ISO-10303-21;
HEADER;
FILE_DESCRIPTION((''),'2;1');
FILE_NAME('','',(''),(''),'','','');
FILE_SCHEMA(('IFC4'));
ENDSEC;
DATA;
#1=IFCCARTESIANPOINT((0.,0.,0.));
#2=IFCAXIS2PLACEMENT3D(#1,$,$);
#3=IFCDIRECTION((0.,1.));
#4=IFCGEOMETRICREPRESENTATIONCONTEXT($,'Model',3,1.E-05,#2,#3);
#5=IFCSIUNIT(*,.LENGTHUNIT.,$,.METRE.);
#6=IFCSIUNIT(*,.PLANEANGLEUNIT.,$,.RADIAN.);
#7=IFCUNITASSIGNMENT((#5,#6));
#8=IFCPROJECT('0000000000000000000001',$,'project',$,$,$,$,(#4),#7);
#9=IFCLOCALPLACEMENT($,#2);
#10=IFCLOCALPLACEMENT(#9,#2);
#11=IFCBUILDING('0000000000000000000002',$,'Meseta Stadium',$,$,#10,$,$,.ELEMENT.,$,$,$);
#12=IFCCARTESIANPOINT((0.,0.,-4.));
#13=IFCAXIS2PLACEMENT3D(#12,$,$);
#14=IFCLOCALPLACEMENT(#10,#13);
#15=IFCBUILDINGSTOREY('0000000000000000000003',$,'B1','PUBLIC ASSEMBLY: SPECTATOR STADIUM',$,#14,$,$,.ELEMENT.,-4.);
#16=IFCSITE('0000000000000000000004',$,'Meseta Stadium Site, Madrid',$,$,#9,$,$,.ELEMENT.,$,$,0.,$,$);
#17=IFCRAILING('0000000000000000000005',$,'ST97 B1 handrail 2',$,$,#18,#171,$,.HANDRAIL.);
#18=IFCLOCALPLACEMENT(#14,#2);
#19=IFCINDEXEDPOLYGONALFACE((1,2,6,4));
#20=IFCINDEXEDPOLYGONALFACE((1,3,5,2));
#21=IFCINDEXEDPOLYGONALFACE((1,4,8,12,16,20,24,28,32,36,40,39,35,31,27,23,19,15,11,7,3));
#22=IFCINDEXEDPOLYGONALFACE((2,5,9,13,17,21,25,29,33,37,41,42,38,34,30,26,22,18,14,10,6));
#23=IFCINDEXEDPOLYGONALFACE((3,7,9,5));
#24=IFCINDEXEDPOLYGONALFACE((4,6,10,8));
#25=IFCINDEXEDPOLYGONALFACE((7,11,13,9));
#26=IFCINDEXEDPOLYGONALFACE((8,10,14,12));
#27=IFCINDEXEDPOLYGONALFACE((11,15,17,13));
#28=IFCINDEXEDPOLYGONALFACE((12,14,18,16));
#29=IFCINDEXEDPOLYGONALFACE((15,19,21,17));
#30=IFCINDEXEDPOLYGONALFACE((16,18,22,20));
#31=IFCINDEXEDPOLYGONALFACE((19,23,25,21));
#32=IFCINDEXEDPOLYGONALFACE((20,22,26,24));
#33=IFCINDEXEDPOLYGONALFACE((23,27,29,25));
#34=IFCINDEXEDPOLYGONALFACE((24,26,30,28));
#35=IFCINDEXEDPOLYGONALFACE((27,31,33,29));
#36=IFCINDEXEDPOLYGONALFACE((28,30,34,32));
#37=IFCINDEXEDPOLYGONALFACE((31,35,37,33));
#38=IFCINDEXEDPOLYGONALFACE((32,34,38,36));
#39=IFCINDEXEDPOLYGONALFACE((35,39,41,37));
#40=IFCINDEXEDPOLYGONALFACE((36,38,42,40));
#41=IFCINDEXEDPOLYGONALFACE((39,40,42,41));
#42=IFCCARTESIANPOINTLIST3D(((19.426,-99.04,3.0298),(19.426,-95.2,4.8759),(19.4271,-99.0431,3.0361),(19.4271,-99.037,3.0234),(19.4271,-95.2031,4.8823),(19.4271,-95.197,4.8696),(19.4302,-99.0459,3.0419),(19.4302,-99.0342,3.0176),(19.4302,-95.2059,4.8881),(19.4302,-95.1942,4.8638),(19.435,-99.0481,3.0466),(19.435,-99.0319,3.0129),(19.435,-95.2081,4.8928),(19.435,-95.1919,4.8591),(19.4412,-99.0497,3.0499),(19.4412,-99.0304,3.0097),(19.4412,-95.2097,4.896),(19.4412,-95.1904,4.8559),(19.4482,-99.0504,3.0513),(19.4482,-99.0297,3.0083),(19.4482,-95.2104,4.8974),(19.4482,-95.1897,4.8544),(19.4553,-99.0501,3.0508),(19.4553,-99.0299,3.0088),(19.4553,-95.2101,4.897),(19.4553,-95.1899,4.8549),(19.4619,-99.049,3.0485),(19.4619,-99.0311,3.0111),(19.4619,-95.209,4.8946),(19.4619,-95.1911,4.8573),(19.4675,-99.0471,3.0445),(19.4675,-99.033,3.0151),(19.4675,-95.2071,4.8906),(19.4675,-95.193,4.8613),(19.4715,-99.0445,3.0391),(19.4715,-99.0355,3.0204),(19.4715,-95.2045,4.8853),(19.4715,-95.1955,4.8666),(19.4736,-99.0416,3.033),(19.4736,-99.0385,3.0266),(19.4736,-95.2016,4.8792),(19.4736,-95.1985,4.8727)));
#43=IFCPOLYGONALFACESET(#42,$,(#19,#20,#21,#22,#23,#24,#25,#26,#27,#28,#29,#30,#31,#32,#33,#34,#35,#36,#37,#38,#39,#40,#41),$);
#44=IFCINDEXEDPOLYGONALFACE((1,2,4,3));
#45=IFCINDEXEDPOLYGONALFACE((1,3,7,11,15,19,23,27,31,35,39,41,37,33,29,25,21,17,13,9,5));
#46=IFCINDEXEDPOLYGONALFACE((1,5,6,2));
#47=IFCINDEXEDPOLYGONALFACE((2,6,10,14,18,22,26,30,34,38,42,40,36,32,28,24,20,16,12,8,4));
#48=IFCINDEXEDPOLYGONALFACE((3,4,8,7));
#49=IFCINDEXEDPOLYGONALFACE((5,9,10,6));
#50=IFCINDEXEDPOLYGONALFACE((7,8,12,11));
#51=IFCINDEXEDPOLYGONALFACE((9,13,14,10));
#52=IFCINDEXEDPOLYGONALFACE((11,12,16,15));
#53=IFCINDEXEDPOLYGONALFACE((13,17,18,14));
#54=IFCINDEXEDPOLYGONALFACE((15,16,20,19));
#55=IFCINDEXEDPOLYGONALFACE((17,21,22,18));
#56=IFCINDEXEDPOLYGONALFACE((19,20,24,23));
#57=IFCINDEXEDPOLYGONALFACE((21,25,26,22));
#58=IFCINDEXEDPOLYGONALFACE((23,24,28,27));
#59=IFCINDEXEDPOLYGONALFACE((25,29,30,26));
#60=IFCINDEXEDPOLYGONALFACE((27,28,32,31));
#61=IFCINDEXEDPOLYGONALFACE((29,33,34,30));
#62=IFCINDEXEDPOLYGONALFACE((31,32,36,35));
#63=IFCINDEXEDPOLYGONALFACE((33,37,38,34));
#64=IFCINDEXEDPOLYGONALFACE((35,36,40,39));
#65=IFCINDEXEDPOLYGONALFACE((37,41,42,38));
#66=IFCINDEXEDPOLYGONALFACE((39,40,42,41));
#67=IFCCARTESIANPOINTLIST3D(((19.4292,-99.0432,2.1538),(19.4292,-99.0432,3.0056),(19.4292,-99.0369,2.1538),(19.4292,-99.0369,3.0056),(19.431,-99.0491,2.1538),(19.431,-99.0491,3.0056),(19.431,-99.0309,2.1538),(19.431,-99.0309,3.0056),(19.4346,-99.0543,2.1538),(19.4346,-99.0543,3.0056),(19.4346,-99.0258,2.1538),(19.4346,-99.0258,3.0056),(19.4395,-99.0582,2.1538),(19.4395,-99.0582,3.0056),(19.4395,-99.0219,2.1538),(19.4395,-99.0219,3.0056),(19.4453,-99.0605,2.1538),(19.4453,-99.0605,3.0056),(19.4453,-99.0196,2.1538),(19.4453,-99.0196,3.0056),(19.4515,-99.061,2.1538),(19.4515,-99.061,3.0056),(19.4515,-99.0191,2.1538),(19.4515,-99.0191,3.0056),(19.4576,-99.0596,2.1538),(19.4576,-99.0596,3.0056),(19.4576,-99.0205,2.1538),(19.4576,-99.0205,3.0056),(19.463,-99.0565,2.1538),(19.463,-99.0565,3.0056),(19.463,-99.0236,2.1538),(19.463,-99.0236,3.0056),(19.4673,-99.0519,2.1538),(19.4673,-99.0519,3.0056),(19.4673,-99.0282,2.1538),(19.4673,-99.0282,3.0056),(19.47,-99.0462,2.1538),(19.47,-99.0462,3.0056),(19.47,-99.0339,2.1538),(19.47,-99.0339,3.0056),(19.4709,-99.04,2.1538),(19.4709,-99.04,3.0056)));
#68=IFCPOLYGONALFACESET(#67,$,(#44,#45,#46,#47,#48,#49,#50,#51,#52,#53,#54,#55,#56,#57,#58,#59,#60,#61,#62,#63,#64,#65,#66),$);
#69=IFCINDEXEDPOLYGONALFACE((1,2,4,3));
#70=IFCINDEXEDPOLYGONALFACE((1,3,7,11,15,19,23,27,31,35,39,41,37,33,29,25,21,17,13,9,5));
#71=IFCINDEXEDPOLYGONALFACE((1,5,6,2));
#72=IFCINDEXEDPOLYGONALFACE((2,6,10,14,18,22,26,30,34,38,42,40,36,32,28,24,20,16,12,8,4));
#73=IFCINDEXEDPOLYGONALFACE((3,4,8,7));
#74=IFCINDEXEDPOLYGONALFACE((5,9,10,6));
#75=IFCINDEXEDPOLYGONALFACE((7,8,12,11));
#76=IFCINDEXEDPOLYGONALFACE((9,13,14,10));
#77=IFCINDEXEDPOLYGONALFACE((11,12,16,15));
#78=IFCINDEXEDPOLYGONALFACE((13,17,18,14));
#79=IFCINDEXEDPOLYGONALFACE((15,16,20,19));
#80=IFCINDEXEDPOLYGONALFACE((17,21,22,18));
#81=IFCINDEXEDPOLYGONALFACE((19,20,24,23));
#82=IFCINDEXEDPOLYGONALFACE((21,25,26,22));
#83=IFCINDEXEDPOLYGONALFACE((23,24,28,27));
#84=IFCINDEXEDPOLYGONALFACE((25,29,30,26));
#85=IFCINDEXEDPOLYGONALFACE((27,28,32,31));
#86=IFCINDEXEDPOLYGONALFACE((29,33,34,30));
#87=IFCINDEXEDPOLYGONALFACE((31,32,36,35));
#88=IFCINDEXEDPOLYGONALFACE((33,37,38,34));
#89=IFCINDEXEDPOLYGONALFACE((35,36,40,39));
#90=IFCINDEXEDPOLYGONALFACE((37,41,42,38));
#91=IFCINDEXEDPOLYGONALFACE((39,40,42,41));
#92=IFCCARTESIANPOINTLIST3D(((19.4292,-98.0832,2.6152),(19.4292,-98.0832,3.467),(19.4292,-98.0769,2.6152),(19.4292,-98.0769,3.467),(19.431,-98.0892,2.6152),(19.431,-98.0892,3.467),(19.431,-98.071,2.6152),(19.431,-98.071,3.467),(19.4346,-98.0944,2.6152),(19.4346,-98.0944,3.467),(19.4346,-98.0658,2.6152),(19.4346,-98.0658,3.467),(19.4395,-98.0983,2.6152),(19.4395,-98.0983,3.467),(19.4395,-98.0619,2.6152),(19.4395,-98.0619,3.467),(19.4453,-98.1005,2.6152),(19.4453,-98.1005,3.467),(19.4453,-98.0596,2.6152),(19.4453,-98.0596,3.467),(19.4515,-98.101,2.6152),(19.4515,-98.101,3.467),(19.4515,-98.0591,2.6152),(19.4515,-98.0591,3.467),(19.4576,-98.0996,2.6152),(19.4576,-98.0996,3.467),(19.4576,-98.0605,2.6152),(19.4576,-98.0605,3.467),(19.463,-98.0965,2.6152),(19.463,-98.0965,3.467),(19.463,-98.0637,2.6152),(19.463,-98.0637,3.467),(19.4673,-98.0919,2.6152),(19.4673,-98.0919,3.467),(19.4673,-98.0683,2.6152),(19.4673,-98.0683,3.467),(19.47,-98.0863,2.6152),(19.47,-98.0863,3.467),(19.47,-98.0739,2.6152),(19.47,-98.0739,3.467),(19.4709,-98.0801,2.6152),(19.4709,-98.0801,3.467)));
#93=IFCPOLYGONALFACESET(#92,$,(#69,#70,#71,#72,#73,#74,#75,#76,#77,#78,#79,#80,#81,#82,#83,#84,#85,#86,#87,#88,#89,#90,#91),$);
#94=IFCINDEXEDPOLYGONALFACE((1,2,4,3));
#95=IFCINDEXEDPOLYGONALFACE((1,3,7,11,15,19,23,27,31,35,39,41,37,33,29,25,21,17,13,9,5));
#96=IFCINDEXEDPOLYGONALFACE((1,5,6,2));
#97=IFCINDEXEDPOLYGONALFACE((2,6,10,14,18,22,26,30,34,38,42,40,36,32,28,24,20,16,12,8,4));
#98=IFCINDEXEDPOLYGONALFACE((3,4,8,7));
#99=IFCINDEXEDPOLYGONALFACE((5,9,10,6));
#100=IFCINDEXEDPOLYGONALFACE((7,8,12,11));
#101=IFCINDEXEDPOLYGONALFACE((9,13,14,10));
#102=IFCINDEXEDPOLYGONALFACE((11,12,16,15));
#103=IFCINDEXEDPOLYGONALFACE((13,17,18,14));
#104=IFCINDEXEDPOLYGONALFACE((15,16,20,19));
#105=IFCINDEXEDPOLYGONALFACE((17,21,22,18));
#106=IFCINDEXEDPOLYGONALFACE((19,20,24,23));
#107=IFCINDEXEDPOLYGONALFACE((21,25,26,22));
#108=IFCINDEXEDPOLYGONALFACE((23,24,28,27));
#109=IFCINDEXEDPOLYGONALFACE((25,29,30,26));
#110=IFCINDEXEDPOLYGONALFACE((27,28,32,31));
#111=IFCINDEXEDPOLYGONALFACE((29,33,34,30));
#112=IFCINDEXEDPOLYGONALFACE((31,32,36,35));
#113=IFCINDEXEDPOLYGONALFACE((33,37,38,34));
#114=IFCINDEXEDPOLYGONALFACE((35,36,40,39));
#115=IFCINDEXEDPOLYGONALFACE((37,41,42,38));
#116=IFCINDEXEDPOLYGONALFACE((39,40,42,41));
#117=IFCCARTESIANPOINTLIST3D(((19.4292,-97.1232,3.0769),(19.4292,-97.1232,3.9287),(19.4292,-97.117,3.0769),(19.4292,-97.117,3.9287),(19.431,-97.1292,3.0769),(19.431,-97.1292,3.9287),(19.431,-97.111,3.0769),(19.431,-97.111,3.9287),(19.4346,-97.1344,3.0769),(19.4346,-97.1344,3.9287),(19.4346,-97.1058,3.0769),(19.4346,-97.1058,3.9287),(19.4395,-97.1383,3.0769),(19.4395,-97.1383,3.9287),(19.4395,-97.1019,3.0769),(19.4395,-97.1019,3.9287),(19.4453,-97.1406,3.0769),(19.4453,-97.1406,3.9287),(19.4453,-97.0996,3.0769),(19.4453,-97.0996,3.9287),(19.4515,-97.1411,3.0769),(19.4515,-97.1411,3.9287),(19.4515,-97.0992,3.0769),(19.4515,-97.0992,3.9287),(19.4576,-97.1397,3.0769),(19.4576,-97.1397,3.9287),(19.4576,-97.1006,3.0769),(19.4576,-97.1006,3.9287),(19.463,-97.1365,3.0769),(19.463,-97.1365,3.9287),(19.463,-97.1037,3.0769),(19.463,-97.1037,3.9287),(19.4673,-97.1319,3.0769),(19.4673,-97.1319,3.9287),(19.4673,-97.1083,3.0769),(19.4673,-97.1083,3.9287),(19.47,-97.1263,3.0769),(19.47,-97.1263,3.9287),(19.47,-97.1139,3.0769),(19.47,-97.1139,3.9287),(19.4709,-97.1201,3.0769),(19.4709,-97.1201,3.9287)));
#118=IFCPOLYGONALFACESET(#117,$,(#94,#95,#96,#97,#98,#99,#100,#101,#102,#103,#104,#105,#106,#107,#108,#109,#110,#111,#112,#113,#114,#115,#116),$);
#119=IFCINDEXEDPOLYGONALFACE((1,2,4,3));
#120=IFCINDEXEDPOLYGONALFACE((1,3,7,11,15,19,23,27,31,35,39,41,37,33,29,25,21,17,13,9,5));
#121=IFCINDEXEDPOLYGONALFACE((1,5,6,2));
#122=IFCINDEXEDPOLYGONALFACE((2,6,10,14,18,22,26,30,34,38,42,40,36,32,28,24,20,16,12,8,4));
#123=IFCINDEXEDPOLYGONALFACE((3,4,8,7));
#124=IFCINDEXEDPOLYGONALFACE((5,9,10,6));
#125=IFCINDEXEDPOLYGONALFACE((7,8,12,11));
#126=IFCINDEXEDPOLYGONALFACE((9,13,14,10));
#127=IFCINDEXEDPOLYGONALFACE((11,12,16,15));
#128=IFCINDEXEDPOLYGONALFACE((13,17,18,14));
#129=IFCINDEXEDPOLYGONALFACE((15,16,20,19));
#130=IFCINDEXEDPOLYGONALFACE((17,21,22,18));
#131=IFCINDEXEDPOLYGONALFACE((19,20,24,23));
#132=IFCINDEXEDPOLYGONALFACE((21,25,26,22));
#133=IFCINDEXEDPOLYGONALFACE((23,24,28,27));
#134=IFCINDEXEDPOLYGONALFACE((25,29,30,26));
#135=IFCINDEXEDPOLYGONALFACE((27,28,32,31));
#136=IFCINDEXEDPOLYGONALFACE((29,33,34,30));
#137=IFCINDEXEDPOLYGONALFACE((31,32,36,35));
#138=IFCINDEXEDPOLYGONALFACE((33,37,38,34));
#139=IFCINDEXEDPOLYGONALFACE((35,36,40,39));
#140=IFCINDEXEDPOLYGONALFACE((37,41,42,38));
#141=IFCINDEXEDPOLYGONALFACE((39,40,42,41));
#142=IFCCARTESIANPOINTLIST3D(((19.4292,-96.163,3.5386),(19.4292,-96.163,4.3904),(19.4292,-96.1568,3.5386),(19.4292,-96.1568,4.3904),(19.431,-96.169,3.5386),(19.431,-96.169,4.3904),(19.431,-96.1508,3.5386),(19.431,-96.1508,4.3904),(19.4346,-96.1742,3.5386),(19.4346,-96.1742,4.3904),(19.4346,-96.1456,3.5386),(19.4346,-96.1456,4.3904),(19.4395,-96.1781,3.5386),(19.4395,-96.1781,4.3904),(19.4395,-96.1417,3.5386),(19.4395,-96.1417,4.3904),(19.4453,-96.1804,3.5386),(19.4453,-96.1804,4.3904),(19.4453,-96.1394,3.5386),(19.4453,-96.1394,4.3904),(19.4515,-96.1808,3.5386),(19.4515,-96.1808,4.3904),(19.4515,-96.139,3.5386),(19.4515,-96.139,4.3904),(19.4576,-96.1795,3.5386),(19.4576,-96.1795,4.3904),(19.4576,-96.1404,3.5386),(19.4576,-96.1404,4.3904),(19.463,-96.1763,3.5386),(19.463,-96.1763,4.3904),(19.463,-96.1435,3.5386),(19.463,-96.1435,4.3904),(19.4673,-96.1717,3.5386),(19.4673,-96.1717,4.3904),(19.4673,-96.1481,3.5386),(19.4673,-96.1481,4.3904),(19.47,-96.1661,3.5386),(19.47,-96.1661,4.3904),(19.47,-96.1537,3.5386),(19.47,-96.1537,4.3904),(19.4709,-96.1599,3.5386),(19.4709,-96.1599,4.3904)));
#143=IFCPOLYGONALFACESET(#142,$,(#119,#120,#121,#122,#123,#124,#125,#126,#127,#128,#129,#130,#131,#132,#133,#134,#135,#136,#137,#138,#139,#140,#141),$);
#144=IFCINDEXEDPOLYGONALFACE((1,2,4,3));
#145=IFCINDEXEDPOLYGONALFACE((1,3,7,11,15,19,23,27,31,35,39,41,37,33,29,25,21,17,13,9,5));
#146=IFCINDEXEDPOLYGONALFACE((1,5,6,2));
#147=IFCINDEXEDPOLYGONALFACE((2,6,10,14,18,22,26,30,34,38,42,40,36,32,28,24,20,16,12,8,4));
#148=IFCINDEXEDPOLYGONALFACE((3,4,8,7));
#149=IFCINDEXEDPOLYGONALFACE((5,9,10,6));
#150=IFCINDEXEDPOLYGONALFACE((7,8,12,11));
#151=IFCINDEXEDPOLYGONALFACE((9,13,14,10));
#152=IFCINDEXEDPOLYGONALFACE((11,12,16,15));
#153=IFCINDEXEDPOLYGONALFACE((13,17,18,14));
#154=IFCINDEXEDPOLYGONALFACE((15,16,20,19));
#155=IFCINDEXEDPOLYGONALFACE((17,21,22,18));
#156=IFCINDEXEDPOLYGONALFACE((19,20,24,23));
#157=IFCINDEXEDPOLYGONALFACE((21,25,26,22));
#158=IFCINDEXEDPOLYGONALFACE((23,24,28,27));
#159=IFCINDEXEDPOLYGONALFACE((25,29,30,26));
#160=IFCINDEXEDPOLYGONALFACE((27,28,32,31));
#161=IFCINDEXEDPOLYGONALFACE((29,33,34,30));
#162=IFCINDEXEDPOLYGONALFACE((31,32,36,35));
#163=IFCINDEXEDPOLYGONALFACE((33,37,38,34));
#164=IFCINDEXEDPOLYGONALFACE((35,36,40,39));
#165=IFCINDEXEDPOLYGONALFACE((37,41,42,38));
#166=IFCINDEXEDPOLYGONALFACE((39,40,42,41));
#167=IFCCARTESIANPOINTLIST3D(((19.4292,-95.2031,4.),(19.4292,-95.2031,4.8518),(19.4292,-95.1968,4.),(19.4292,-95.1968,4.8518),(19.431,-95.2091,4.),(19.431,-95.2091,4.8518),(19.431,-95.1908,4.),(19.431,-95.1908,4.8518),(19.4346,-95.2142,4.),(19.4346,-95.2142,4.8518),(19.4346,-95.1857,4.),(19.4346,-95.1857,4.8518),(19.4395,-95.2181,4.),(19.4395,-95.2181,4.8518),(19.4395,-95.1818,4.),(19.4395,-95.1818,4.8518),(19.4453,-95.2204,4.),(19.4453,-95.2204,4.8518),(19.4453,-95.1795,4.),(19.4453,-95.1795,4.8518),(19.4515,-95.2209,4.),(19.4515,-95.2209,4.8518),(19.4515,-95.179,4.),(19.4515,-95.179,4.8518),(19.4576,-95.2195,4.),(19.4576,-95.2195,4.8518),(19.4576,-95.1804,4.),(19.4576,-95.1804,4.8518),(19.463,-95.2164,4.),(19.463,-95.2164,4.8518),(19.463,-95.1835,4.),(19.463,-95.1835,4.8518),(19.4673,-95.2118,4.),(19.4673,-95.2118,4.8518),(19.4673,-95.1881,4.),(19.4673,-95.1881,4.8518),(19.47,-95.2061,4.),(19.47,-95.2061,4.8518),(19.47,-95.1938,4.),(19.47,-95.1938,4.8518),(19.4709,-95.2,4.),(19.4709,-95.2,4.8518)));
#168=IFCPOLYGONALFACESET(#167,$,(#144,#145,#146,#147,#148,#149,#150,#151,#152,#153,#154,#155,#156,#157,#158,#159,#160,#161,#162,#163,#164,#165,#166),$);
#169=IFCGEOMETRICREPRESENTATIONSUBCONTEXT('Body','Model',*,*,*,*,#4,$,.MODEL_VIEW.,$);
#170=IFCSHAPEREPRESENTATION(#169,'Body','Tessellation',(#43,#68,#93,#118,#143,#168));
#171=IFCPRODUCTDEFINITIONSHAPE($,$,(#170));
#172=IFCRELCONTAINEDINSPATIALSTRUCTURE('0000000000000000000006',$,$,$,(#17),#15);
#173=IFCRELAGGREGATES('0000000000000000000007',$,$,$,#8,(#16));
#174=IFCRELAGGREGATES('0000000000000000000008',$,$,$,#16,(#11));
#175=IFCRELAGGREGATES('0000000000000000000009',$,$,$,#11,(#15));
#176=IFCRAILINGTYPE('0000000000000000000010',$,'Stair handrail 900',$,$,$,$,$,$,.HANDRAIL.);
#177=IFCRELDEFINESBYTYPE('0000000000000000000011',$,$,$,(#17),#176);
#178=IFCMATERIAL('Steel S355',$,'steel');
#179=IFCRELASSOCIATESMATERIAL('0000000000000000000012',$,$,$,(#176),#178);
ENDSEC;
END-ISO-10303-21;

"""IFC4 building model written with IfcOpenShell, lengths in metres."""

from ifc_helpers import new_model, si_unit, direction, frame, origin, origin_2d, place, context, subcontext, project, spatial, circle, extrude, material, type_object, element, save


model = new_model("IFC4")

# Units and contexts
model_context = context("Model", 3, precision=1e-05, world=origin(), true_north=direction((0.0, 1.0)))
body_context = subcontext(model_context, "Body", "Model", "MODEL_VIEW")
ifc_project = project(units=[si_unit("LENGTHUNIT", "METRE"), si_unit("PLANEANGLEUNIT", "RADIAN")], contexts=[model_context])

# Site, building, storey
site_placement = place(None, origin())
site = spatial("IfcSite", under=ifc_project, at=site_placement, Name="Meseta Stadium Site, Madrid", CompositionType="ELEMENT", RefElevation=0.0)
building_placement = place(site_placement, origin())
building = spatial("IfcBuilding", under=site, at=building_placement, Name="Meseta Stadium", CompositionType="ELEMENT")
storey_placement = place(building_placement, frame((0.0, 0.0, -4.0)))
storey = spatial("IfcBuildingStorey", under=building, at=storey_placement, Name="B1", Description="PUBLIC ASSEMBLY: SPECTATOR STADIUM", CompositionType="ELEMENT", Elevation=-4.0)

# Railing
ifc_material_1 = material(Name="Steel S355", Category="steel")
railing_type_1 = type_object("IfcRailingType", Name="Stair handrail 900", PredefinedType="HANDRAIL", material=ifc_material_1)
railing_1_placement = place(storey_placement, frame((19.45, -99.04, 2.1538)))
element("IfcRailing", 1, at=railing_1_placement, inside=storey, type_object=railing_type_1, Name="ST97 B1 handrail 2", PredefinedType="HANDRAIL", context=body_context, shape_type="SweptSolid", body=[
    extrude(circle(Radius=0.0239, at=origin_2d()), frame((0.0, 0.0, 0.876), z_axis=(0.0, 0.901253, 0.433294), x_axis=(-1.0, 0.0, 0.0)), (0.0, 0.0, 1.0), 4.2607),
    extrude(circle(Radius=0.021, at=origin_2d()), origin(), (0.0, 0.0, 1.0), 0.8518),
    extrude(circle(Radius=0.021, at=origin_2d()), frame((0.0, 0.96, 0.4614)), (0.0, 0.0, 1.0), 0.8518),
    extrude(circle(Radius=0.021, at=origin_2d()), frame((0.0, 1.9199, 0.9231)), (0.0, 0.0, 1.0), 0.8518),
    extrude(circle(Radius=0.021, at=origin_2d()), frame((0.0, 2.8801, 1.3848)), (0.0, 0.0, 1.0), 0.8518),
    extrude(circle(Radius=0.021, at=origin_2d()), frame((0.0, 3.8401, 1.8462)), (0.0, 0.0, 1.0), 0.8518),
])

save(model, "model.ifc")
